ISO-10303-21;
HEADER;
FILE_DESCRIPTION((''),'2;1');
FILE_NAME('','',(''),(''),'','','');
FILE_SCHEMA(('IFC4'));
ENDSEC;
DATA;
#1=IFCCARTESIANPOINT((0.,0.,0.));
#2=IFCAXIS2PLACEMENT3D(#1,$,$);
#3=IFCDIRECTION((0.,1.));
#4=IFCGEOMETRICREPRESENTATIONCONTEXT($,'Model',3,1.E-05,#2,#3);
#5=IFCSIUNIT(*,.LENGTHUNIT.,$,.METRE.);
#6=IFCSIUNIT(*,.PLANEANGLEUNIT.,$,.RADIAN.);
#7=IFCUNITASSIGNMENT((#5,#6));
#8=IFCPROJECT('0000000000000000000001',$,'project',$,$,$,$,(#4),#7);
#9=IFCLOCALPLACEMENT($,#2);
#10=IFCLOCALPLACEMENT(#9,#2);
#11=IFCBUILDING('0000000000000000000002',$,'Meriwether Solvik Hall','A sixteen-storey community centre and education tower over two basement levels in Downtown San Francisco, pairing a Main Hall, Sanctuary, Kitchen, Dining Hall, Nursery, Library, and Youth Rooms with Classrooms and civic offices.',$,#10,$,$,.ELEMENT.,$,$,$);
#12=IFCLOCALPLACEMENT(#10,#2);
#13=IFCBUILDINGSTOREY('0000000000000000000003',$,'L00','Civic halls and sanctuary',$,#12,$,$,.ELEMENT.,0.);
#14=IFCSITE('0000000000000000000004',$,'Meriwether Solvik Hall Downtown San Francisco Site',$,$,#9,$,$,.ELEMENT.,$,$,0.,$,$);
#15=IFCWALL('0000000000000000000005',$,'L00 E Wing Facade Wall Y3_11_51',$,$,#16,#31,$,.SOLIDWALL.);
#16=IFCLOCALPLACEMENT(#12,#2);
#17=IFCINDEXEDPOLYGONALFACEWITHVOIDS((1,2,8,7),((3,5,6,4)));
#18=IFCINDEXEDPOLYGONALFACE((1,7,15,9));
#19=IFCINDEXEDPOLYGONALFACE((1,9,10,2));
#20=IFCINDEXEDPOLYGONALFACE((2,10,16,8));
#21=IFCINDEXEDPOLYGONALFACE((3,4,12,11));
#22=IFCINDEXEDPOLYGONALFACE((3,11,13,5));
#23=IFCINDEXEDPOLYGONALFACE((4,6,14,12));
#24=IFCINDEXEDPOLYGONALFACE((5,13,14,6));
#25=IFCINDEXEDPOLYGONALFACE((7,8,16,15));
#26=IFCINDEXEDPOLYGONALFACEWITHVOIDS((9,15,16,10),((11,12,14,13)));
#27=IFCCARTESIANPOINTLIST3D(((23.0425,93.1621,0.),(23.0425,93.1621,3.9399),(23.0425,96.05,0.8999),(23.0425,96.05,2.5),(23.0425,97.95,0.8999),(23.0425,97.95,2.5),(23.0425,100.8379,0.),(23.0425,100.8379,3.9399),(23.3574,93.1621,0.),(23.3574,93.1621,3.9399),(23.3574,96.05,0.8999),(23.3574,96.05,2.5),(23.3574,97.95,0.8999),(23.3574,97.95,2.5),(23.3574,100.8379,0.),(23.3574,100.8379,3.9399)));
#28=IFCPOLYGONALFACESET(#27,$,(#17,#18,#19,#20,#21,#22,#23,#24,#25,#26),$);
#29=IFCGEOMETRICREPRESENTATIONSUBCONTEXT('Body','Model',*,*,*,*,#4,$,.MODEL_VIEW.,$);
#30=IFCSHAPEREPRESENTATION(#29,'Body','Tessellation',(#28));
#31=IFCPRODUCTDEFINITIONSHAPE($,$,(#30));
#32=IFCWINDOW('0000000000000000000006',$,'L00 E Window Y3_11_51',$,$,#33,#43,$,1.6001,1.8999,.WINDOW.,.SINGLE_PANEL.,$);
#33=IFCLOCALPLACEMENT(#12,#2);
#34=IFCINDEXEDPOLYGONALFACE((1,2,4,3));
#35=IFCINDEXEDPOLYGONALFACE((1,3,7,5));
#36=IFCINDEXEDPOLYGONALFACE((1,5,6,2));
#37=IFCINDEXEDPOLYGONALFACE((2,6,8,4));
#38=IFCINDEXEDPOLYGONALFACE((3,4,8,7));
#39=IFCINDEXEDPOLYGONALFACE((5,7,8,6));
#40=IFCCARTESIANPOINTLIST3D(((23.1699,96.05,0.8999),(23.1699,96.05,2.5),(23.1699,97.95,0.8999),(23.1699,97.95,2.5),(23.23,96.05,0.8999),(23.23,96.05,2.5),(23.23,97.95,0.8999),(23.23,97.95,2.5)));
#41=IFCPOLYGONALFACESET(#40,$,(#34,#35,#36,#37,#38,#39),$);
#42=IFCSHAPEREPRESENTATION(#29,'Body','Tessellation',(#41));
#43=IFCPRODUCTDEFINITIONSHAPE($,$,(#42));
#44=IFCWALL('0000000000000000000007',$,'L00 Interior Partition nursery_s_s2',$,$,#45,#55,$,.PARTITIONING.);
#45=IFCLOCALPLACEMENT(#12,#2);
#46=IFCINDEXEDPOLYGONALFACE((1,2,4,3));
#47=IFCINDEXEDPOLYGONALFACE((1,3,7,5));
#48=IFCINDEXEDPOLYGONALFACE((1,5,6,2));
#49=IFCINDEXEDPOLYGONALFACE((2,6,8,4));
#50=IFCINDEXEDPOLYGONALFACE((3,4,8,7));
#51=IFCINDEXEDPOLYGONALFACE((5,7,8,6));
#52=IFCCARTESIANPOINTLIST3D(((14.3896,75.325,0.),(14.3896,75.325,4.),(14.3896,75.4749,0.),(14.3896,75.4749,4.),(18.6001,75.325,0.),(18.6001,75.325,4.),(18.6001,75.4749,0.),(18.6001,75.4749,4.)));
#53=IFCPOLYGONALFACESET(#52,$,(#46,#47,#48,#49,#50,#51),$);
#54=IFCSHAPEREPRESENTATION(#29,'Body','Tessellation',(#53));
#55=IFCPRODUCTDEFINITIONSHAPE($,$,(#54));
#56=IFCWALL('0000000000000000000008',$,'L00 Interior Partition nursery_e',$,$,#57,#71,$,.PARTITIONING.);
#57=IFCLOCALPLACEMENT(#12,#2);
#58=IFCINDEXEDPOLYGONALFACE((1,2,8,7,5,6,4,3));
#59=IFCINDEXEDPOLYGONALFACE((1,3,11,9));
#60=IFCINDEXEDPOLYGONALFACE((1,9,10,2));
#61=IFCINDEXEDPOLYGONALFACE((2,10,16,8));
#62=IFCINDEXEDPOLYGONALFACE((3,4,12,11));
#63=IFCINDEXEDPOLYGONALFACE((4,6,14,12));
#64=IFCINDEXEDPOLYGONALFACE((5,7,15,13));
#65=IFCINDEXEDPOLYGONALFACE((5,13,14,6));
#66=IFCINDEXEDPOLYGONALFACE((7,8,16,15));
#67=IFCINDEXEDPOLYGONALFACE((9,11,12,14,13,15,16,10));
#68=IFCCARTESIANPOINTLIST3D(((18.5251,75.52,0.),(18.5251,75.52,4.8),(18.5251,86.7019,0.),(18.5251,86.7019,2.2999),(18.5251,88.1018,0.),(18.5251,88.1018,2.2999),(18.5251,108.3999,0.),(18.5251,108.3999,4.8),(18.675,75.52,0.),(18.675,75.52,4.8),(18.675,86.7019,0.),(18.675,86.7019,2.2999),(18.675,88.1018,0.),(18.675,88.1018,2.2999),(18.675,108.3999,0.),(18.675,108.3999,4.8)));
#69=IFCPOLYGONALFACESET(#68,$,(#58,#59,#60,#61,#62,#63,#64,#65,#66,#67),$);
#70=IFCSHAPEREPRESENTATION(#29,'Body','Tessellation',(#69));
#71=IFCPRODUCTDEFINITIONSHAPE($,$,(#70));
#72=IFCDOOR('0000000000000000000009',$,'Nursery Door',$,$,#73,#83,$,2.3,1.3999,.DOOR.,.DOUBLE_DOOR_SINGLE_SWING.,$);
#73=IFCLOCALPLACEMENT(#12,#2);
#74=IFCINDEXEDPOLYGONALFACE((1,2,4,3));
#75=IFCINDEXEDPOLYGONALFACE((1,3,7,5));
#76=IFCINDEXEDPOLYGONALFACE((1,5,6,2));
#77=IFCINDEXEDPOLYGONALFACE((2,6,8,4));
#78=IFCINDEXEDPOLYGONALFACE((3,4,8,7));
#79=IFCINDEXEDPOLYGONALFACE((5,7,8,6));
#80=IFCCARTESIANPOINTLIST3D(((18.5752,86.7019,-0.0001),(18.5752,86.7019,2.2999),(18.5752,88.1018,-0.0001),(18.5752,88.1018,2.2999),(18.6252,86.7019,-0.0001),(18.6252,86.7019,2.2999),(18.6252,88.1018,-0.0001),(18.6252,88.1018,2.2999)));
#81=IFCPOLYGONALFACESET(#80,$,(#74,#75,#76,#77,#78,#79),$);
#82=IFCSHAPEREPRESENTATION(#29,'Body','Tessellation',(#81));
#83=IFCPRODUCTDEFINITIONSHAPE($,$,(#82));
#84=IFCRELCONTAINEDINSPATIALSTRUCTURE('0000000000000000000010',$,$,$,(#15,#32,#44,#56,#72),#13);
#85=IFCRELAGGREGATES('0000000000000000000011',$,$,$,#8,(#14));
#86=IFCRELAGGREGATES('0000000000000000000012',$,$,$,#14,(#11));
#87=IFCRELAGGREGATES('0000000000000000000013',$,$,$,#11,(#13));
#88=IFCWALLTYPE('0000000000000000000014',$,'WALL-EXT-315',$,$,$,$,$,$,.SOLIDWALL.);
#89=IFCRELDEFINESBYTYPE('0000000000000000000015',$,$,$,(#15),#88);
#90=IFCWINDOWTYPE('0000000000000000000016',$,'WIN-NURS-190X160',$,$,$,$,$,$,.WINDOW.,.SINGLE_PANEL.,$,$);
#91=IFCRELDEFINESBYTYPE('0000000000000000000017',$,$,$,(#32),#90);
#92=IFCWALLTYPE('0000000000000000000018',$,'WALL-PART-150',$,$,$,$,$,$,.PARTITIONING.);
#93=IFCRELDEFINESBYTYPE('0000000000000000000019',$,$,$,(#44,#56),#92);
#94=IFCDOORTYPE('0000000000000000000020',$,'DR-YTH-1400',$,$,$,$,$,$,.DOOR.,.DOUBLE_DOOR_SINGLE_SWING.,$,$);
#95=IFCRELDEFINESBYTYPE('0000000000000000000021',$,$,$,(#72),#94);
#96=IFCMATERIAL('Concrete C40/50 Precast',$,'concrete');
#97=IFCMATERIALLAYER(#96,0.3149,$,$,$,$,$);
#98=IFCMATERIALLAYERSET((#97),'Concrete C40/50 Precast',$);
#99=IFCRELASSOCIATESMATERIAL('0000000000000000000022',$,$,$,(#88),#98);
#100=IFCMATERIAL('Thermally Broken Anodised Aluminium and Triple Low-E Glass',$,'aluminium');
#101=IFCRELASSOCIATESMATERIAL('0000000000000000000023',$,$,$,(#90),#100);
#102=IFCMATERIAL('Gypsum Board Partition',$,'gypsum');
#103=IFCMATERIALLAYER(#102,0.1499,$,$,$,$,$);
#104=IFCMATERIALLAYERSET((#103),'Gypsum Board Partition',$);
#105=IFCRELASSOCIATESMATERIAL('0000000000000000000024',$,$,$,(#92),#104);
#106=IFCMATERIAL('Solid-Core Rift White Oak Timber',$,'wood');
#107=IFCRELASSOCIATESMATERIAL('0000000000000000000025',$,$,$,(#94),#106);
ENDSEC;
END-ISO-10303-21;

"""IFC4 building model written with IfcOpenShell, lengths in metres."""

from ifc_helpers import new_model, si_unit, direction, frame, frame_2d, origin, place, context, subcontext, project, spatial, rectangle, extrude, material, layer, layer_set, type_object, element, fill, save


model = new_model("IFC4")

# Units and contexts
model_context = context("Model", 3, precision=1e-05, world=origin(), true_north=direction((0.0, 1.0)))
body_context = subcontext(model_context, "Body", "Model", "MODEL_VIEW")
ifc_project = project(units=[si_unit("LENGTHUNIT", "METRE"), si_unit("PLANEANGLEUNIT", "RADIAN")], contexts=[model_context])

# Site, building, storey
site_placement = place(None, origin())
site = spatial("IfcSite", under=ifc_project, at=site_placement, Name="Meriwether Solvik Hall Downtown San Francisco Site", CompositionType="ELEMENT", RefElevation=0.0)
building_placement = place(site_placement, origin())
building = spatial("IfcBuilding", under=site, at=building_placement, Name="Meriwether Solvik Hall", Description="A sixteen-storey community centre and education tower over two basement levels in Downtown San Francisco, pairing a Main Hall, Sanctuary, Kitchen, Dining Hall, Nursery, Library, and Youth Rooms with Classrooms and civic offices.", CompositionType="ELEMENT")
storey_placement = place(building_placement, origin())
storey = spatial("IfcBuildingStorey", under=building, at=storey_placement, Name="L00", Description="Civic halls and sanctuary", CompositionType="ELEMENT", Elevation=0.0)

# Shared definitions
ifc_material_1 = material(Name="Concrete C40/50 Precast", Category="concrete")
ifc_layer_1 = layer(ifc_material_1, 0.3149)
ifc_layer_set_1 = layer_set([ifc_layer_1], Name="Concrete C40/50 Precast")
wall_type_1 = type_object("IfcWallType", Name="WALL-EXT-315", PredefinedType="SOLIDWALL", material=ifc_layer_set_1)
ifc_material_2 = material(Name="Thermally Broken Anodised Aluminium and Triple Low-E Glass", Category="aluminium")
window_type = type_object("IfcWindowType", Name="WIN-NURS-190X160", PartitioningType="SINGLE_PANEL", PredefinedType="WINDOW", material=ifc_material_2)

# Wall, opening, window
wall_1_placement = place(storey_placement, frame((23.2, 100.8379, 0.0), z_axis=(0.0, 0.0, 1.0), x_axis=(0.0, -1.0, 0.0)))
wall_1 = element("IfcWall", 1, at=wall_1_placement, inside=storey, type_object=wall_type_1, Name="L00 E Wing Facade Wall Y3_11_51", PredefinedType="SOLIDWALL", context=body_context, shape_type="SweptSolid", body=[
    extrude(rectangle(XDim=7.6758, YDim=0.3149, at=frame_2d((3.8379, 0.0))), origin(), (0.0, 0.0, 1.0), 3.9399),
])
opening_1_placement = place(wall_1_placement, frame((2.8879, 0.0, 0.8999)))
opening_1 = element("IfcOpeningElement", 2, at=opening_1_placement, cuts=wall_1, PredefinedType="OPENING", context=body_context, shape_type="SweptSolid", body=[
    extrude(rectangle(XDim=1.8999, YDim=1.6001, at=frame_2d((0.95, 0.8))), frame((0.0, 0.1694, 0.0), z_axis=(0.0, -1.0, 0.0), x_axis=(1.0, 0.0, 0.0)), (0.0, 0.0, 1.0), 0.3389),
])
window_1_placement = place(opening_1_placement, origin())
window_1 = element("IfcWindow", 3, at=window_1_placement, inside=storey, type_object=window_type, Name="L00 E Window Y3_11_51", OverallHeight=1.6001, OverallWidth=1.8999, PartitioningType="SINGLE_PANEL", PredefinedType="WINDOW", context=body_context, shape_type="SweptSolid", body=[
    extrude(rectangle(XDim=1.8999, YDim=1.6001, at=frame_2d((0.95, 0.8))), frame((0.0, 0.03, 0.0), z_axis=(0.0, -1.0, 0.0), x_axis=(1.0, 0.0, 0.0)), (0.0, 0.0, 1.0), 0.0601),
])
fill(opening_1, window_1)

# Wall
ifc_material_3 = material(Name="Gypsum Board Partition", Category="gypsum")
ifc_layer_2 = layer(ifc_material_3, 0.1499)
ifc_layer_set_2 = layer_set([ifc_layer_2], Name="Gypsum Board Partition")
wall_type_2 = type_object("IfcWallType", Name="WALL-PART-150", PredefinedType="PARTITIONING", material=ifc_layer_set_2)
wall_2_placement = place(storey_placement, frame((14.3896, 75.3999, 0.0), z_axis=(0.0, 0.0, 1.0), x_axis=(1.0, 0.0, 0.0)))
element("IfcWall", 4, at=wall_2_placement, inside=storey, type_object=wall_type_2, Name="L00 Interior Partition nursery_s_s2", PredefinedType="PARTITIONING", context=body_context, shape_type="SweptSolid", body=[
    extrude(rectangle(XDim=4.2104, YDim=0.1499, at=frame_2d((2.1052, 0.0))), origin(), (0.0, 0.0, 1.0), 4.0),
])

# Wall, opening, door
wall_3_placement = place(storey_placement, frame((18.6001, 75.52, 0.0), z_axis=(0.0, 0.0, 1.0), x_axis=(0.0, 1.0, 0.0)))
wall_3 = element("IfcWall", 5, at=wall_3_placement, inside=storey, type_object=wall_type_2, Name="L00 Interior Partition nursery_e", PredefinedType="PARTITIONING", context=body_context, shape_type="SweptSolid", body=[
    extrude(rectangle(XDim=32.8799, YDim=0.1499, at=frame_2d((16.4399, 0.0))), origin(), (0.0, 0.0, 1.0), 4.8),
])
opening_2_placement = place(wall_3_placement, frame((11.1819, 0.0, 0.0)))
opening_2 = element("IfcOpeningElement", 6, at=opening_2_placement, cuts=wall_3, PredefinedType="OPENING", context=body_context, shape_type="SweptSolid", body=[
    extrude(rectangle(XDim=1.3999, YDim=2.3, at=frame_2d((0.7, 1.1499))), frame((0.0, 0.0869, 0.0), z_axis=(0.0, -1.0, 0.0), x_axis=(1.0, 0.0, 0.0)), (0.0, 0.0, 1.0), 0.1738),
])
ifc_material_4 = material(Name="Solid-Core Rift White Oak Timber", Category="wood")
door_type_1 = type_object("IfcDoorType", Name="DR-YTH-1400", OperationType="DOUBLE_DOOR_SINGLE_SWING", PredefinedType="DOOR", material=ifc_material_4)
door_1_placement = place(opening_2_placement, origin())
door_1 = element("IfcDoor", 7, at=door_1_placement, inside=storey, type_object=door_type_1, Name="Nursery Door", OperationType="DOUBLE_DOOR_SINGLE_SWING", OverallHeight=2.3, OverallWidth=1.3999, PredefinedType="DOOR", context=body_context, shape_type="SweptSolid", body=[
    extrude(rectangle(XDim=1.3999, YDim=2.3, at=frame_2d((0.7, 1.1499))), frame((0.0, 0.0249, 0.0), z_axis=(0.0, -1.0, 0.0), x_axis=(1.0, 0.0, 0.0)), (0.0, 0.0, 1.0), 0.05),
])
fill(opening_2, door_1)

save(model, "model.ifc")
